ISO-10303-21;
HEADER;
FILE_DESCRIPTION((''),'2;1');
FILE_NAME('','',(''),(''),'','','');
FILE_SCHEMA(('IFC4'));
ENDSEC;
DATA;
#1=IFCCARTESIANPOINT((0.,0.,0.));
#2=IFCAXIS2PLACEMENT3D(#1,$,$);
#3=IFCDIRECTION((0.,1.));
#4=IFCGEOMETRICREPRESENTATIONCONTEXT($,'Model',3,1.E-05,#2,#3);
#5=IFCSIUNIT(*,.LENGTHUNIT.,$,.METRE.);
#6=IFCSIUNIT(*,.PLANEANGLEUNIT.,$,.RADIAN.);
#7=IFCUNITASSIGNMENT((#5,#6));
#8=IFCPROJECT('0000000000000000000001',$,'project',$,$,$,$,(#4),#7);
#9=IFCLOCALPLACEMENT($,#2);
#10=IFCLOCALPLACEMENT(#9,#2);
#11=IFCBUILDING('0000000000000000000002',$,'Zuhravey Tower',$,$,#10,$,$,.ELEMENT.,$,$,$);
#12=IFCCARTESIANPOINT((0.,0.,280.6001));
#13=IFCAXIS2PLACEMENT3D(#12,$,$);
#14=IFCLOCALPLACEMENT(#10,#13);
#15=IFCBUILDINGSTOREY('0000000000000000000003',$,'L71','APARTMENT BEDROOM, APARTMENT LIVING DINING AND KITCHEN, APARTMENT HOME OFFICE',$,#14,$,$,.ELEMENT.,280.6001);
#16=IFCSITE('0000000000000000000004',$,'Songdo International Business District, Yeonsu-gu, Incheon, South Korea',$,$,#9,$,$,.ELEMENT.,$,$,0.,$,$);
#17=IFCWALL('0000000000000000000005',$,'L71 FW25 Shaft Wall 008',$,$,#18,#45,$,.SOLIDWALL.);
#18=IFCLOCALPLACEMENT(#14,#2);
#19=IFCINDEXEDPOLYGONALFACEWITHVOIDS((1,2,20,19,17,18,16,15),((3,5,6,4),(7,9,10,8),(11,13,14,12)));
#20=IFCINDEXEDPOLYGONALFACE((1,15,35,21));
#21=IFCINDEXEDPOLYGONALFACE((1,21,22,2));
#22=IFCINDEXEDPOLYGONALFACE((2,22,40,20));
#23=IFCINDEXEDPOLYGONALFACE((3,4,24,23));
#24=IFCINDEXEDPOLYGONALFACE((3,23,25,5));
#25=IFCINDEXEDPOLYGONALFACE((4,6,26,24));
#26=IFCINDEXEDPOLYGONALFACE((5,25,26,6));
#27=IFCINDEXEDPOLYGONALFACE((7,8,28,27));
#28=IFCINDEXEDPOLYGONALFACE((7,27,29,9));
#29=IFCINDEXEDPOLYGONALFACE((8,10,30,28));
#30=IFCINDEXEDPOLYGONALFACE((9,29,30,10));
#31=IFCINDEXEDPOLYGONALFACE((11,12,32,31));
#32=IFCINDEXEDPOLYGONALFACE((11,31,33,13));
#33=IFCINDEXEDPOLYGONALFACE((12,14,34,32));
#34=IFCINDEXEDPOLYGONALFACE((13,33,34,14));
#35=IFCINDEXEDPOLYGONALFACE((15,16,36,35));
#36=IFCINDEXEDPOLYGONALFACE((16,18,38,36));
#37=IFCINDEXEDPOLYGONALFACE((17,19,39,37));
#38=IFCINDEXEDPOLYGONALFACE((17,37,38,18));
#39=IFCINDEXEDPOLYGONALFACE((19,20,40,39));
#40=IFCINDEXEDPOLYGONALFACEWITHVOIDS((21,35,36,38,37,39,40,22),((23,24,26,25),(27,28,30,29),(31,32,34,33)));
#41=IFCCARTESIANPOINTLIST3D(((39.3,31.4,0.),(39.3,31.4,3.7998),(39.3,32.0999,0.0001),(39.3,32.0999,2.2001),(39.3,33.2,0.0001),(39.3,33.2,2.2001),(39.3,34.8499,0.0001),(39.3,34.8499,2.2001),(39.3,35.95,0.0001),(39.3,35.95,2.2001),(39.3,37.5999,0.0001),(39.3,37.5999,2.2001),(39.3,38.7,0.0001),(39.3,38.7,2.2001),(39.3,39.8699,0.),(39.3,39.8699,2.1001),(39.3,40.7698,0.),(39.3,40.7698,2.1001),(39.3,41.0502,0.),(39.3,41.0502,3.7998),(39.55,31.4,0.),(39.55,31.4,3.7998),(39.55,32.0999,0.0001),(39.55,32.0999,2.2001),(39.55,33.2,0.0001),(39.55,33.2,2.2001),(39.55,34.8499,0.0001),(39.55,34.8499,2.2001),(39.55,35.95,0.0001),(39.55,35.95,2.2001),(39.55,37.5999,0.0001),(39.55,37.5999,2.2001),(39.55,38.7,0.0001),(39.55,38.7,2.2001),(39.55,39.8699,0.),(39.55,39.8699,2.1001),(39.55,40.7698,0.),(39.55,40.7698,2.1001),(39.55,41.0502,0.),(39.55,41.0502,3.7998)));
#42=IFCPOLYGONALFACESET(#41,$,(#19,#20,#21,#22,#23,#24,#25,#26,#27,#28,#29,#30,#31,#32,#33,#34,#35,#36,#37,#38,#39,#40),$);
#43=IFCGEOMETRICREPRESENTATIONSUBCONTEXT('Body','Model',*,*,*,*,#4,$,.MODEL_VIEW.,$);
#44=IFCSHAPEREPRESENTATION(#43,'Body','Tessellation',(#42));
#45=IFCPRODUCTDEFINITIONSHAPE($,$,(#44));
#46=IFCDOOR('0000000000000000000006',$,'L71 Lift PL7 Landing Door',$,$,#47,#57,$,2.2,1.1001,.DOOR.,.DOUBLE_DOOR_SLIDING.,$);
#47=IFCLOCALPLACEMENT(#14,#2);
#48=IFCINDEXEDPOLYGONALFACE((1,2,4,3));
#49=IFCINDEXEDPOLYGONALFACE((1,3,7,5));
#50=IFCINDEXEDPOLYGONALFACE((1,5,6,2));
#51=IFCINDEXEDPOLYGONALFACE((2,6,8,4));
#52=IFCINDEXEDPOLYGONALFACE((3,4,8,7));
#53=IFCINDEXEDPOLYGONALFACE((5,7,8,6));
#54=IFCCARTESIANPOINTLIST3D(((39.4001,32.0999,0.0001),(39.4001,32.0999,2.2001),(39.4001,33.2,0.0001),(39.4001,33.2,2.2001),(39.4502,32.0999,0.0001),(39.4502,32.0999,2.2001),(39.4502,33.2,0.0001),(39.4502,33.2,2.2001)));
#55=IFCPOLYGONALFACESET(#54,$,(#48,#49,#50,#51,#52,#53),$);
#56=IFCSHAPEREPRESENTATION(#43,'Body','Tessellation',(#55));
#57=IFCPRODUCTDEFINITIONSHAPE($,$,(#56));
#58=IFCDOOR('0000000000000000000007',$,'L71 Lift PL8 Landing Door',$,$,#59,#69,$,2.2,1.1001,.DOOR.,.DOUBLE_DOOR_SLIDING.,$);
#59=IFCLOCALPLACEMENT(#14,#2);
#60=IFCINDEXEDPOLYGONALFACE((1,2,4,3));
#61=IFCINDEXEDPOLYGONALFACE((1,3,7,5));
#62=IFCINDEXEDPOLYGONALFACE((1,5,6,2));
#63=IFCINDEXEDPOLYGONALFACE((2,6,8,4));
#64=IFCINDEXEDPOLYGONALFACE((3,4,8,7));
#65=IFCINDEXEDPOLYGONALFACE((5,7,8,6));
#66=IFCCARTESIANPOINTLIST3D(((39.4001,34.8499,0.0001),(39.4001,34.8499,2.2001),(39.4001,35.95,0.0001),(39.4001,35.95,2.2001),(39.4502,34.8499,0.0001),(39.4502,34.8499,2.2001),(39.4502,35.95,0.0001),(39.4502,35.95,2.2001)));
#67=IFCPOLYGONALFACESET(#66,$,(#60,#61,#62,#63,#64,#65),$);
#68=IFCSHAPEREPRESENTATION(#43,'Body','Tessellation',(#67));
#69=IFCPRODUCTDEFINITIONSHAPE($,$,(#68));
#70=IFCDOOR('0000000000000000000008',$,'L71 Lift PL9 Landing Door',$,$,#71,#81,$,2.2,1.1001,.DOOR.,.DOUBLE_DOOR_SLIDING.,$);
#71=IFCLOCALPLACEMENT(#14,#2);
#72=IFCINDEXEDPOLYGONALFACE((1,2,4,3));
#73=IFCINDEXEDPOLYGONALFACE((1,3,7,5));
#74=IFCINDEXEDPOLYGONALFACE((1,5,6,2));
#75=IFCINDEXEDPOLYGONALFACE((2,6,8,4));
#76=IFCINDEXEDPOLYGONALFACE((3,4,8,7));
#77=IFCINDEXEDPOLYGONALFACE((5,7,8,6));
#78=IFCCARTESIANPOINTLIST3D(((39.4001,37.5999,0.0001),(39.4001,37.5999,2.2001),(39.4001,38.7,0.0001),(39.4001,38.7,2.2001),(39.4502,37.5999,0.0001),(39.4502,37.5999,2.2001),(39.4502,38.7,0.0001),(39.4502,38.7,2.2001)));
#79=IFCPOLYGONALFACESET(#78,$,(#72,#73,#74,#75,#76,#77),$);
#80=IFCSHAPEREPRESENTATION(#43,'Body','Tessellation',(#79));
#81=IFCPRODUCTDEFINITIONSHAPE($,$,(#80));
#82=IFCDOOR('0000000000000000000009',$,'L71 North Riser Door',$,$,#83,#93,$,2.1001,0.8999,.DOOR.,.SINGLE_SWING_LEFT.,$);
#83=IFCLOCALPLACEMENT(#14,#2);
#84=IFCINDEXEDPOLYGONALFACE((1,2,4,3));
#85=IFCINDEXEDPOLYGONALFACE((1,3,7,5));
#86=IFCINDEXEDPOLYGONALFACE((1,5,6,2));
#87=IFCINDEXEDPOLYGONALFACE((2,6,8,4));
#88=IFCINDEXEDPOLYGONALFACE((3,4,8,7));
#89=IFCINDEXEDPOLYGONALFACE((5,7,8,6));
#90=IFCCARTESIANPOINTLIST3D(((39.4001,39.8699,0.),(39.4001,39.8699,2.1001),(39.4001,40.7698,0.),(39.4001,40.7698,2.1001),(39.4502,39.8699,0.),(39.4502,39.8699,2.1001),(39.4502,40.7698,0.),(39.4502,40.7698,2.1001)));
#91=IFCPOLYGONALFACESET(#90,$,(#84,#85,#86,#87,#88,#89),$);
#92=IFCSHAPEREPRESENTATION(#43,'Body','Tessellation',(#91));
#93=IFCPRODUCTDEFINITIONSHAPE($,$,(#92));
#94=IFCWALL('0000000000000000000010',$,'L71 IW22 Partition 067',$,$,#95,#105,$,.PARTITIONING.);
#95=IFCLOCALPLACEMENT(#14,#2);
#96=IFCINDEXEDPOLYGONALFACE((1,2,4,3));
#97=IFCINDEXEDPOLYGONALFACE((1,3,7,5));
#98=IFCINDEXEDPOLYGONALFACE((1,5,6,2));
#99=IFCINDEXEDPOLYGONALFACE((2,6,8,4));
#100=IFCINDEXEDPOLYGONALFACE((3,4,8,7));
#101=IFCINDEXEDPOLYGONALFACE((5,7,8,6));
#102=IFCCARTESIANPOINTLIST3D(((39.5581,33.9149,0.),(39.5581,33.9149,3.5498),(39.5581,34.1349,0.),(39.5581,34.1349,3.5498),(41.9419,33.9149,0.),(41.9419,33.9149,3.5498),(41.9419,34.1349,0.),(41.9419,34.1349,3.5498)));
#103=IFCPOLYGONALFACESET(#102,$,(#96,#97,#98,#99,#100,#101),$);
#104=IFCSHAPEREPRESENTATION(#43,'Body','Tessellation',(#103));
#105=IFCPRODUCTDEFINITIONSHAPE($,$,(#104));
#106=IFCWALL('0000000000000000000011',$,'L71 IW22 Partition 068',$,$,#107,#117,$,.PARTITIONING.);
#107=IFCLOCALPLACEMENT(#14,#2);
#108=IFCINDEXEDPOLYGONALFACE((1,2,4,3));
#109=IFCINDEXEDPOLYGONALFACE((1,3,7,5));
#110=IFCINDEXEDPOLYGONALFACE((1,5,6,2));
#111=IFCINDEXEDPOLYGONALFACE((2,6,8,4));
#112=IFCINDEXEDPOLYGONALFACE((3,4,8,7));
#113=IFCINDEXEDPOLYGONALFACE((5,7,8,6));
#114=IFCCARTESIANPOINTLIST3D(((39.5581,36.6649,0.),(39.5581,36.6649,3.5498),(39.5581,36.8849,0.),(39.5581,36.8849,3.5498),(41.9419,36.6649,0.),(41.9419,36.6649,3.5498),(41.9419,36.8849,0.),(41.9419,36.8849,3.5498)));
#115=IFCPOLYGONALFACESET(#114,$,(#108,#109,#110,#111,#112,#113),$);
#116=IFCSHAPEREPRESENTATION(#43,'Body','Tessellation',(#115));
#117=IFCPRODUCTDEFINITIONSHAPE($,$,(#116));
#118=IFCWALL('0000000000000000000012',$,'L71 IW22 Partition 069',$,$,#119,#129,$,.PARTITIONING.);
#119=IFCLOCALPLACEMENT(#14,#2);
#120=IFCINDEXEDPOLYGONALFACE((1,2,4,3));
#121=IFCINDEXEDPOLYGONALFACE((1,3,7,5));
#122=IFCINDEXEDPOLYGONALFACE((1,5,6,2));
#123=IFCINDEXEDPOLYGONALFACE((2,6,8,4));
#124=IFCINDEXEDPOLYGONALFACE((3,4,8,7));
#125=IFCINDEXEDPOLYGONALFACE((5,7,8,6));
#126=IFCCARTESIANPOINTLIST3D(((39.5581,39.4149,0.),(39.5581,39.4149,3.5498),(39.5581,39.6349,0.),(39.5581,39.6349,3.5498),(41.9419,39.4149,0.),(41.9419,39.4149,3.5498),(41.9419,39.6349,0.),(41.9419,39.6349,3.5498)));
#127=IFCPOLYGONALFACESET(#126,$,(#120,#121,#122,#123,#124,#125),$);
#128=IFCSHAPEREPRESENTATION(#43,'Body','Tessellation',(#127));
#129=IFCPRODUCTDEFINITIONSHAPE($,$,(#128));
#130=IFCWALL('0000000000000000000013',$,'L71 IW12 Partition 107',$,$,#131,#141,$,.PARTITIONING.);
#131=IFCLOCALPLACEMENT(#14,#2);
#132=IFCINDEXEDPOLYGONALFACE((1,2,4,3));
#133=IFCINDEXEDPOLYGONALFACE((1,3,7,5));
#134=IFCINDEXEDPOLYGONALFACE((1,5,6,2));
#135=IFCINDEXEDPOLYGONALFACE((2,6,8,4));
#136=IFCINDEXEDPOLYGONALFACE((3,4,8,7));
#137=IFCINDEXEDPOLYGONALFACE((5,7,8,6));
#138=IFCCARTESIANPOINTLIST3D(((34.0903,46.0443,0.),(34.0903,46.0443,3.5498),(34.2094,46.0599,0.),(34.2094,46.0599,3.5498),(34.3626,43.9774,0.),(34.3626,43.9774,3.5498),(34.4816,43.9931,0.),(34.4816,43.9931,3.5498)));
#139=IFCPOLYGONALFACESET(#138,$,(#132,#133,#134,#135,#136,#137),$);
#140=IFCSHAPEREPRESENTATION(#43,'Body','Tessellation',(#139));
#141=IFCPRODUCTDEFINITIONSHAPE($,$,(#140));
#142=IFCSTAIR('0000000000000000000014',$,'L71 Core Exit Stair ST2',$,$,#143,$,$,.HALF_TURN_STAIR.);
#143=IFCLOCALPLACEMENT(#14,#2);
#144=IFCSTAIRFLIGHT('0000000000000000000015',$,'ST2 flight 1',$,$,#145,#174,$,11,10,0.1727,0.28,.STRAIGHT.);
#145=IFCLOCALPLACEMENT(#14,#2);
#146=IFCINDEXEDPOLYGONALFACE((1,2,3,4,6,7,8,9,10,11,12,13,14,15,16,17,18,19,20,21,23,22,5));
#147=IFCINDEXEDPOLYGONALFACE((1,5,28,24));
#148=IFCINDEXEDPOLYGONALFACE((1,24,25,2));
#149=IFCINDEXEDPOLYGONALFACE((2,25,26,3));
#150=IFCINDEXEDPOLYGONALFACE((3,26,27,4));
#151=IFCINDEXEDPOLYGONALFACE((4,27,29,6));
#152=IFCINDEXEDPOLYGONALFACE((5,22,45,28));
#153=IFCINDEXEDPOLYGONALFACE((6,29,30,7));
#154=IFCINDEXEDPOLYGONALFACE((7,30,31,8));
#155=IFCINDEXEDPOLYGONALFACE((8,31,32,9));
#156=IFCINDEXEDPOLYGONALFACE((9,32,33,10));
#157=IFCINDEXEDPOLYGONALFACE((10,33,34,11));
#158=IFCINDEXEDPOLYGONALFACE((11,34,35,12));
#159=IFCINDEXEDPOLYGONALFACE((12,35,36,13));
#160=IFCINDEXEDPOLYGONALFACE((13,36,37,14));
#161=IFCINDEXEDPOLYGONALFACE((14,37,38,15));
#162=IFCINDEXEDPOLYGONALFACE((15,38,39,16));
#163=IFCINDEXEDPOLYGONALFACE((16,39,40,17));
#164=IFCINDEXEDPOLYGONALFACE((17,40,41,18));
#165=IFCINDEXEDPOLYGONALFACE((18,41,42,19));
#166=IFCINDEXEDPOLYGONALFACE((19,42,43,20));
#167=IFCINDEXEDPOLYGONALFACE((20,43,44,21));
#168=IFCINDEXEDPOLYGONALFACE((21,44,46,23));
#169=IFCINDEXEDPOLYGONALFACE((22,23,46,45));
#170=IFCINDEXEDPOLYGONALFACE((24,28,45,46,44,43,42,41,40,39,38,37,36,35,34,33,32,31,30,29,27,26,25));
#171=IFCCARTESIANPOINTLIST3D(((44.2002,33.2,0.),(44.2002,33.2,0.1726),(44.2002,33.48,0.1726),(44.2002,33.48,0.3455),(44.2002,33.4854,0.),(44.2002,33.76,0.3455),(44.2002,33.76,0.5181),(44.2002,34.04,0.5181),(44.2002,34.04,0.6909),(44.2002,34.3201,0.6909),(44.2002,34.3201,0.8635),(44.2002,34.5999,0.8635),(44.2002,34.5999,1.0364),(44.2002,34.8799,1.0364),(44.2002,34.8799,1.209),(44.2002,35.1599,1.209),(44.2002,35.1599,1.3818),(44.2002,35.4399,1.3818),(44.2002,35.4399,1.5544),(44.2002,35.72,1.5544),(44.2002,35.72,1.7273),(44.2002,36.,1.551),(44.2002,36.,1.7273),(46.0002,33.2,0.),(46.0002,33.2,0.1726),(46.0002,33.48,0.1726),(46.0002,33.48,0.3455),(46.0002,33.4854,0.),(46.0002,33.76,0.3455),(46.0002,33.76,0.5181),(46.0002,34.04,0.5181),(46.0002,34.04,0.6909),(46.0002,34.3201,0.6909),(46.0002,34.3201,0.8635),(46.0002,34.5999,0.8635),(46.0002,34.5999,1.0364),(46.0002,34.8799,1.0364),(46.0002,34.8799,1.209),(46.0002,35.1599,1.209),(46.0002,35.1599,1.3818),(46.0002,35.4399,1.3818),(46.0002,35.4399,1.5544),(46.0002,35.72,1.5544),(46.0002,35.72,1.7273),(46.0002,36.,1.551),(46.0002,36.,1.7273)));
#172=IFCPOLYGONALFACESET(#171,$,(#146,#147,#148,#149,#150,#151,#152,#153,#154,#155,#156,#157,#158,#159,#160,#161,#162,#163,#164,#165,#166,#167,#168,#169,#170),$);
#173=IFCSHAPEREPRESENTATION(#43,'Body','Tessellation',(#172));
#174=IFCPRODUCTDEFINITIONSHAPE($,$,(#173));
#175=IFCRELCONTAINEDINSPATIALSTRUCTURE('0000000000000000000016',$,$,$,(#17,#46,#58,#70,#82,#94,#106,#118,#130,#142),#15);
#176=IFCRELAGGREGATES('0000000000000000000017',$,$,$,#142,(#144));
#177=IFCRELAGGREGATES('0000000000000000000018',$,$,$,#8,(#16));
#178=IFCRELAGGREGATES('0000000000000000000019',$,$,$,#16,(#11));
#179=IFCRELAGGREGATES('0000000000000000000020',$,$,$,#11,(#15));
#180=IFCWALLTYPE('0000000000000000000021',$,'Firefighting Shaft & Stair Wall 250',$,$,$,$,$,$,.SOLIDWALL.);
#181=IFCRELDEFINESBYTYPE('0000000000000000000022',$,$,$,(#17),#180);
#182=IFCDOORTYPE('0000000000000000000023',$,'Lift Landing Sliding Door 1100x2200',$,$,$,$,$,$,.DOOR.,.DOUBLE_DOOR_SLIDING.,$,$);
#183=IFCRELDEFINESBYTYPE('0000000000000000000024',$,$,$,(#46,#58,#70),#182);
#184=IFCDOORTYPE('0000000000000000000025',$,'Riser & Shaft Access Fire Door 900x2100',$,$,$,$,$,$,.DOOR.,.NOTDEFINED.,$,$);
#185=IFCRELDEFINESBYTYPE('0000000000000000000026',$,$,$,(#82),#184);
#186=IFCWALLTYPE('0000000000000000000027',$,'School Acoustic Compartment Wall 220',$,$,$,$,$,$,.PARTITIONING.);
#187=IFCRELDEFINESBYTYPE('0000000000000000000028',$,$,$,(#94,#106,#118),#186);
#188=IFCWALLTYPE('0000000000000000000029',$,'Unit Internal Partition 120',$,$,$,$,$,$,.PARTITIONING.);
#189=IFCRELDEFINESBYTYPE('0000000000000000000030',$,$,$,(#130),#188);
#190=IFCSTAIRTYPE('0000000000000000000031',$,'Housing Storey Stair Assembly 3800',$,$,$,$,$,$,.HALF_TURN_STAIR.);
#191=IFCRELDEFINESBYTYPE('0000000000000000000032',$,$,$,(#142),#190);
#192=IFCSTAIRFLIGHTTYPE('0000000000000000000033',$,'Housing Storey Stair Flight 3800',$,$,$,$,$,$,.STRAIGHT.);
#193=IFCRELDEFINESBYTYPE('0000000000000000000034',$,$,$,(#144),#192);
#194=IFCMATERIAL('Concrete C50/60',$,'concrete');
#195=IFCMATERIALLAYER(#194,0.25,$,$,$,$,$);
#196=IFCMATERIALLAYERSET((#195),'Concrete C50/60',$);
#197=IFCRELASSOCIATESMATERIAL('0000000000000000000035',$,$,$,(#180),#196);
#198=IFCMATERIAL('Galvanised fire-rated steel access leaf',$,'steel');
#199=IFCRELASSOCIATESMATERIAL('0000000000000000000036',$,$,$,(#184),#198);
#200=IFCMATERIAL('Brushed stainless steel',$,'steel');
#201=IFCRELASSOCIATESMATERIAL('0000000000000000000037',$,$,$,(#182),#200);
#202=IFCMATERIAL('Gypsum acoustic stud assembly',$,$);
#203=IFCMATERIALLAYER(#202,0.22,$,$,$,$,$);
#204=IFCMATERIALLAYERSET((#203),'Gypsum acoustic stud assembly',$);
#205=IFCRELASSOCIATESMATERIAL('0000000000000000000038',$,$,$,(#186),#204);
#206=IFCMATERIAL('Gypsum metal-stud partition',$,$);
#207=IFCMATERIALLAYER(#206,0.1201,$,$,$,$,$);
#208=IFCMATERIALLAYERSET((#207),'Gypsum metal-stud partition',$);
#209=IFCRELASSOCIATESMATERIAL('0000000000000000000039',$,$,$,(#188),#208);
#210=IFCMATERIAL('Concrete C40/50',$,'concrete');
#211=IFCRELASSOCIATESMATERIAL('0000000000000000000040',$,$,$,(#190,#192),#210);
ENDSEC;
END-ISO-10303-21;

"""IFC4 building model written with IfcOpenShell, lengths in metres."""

from ifc_helpers import new_model, si_unit, direction, frame, frame_2d, origin, place, context, subcontext, project, spatial, polyline, rectangle, outline, extrude, material, layer, layer_set, type_object, element, fill, aggregate, save


model = new_model("IFC4")

# Units and contexts
model_context = context("Model", 3, precision=1e-05, world=origin(), true_north=direction((0.0, 1.0)))
body_context = subcontext(model_context, "Body", "Model", "MODEL_VIEW")
ifc_project = project(units=[si_unit("LENGTHUNIT", "METRE"), si_unit("PLANEANGLEUNIT", "RADIAN")], contexts=[model_context])

# Site, building, storey
site_placement = place(None, origin())
site = spatial("IfcSite", under=ifc_project, at=site_placement, Name="Songdo International Business District, Yeonsu-gu, Incheon, South Korea", CompositionType="ELEMENT", RefElevation=0.0)
building_placement = place(site_placement, origin())
building = spatial("IfcBuilding", under=site, at=building_placement, Name="Zuhravey Tower", CompositionType="ELEMENT")
storey_placement = place(building_placement, frame((0.0, 0.0, 280.6001)))
storey = spatial("IfcBuildingStorey", under=building, at=storey_placement, Name="L71", Description="APARTMENT BEDROOM, APARTMENT LIVING DINING AND KITCHEN, APARTMENT HOME OFFICE", CompositionType="ELEMENT", Elevation=280.6001)

# Shared definitions
ifc_material_1 = material(Name="Concrete C50/60", Category="concrete")

# Shared definitions
ifc_layer_1 = layer(ifc_material_1, 0.25)
ifc_layer_set_1 = layer_set([ifc_layer_1], Name="Concrete C50/60")
wall_type_1 = type_object("IfcWallType", Name="Firefighting Shaft & Stair Wall 250", PredefinedType="SOLIDWALL", material=ifc_layer_set_1)

# Wall, openings, doors
ifc_material_2 = material(Name="Galvanised fire-rated steel access leaf", Category="steel")
door_type_1 = type_object("IfcDoorType", Name="Riser & Shaft Access Fire Door 900x2100", OperationType="NOTDEFINED", PredefinedType="DOOR", material=ifc_material_2)
wall_1_placement = place(storey_placement, frame((39.425, 31.3999, 0.0), z_axis=(0.0, 0.0, 1.0), x_axis=(0.0, 1.0, 0.0)))
wall_1 = element("IfcWall", 1, at=wall_1_placement, inside=storey, type_object=wall_type_1, Name="L71 FW25 Shaft Wall 008", PredefinedType="SOLIDWALL", context=body_context, shape_type="SweptSolid", body=[
    extrude(rectangle(XDim=9.6501, YDim=0.25, at=frame_2d((4.8252, 0.0))), origin(), (0.0, 0.0, 1.0), 3.7998),
])
opening_1_placement = place(wall_1_placement, frame((0.7, 0.0, 0.0)))
opening_1 = element("IfcOpeningElement", 2, at=opening_1_placement, cuts=wall_1, PredefinedType="OPENING", context=body_context, shape_type="SweptSolid", body=[
    extrude(rectangle(XDim=1.1001, YDim=2.2, at=frame_2d((0.55, 1.1001))), frame((0.0, 0.137, 0.0), z_axis=(0.0, -1.0, 0.0), x_axis=(1.0, 0.0, 0.0)), (0.0, 0.0, 1.0), 0.2739),
])
opening_2_placement = place(wall_1_placement, frame((3.45, 0.0, 0.0)))
opening_2 = element("IfcOpeningElement", 3, at=opening_2_placement, cuts=wall_1, PredefinedType="OPENING", context=body_context, shape_type="SweptSolid", body=[
    extrude(rectangle(XDim=1.1001, YDim=2.2, at=frame_2d((0.55, 1.1001))), frame((0.0, 0.137, 0.0), z_axis=(0.0, -1.0, 0.0), x_axis=(1.0, 0.0, 0.0)), (0.0, 0.0, 1.0), 0.2739),
])
opening_3_placement = place(wall_1_placement, frame((6.2, 0.0, 0.0)))
opening_3 = element("IfcOpeningElement", 4, at=opening_3_placement, cuts=wall_1, PredefinedType="OPENING", context=body_context, shape_type="SweptSolid", body=[
    extrude(rectangle(XDim=1.1001, YDim=2.2, at=frame_2d((0.55, 1.1001))), frame((0.0, 0.137, 0.0), z_axis=(0.0, -1.0, 0.0), x_axis=(1.0, 0.0, 0.0)), (0.0, 0.0, 1.0), 0.2739),
])
opening_4_placement = place(wall_1_placement, frame((8.47, 0.0, 0.0)))
opening_4 = element("IfcOpeningElement", 5, at=opening_4_placement, cuts=wall_1, PredefinedType="OPENING", context=body_context, shape_type="SweptSolid", body=[
    extrude(rectangle(XDim=0.8999, YDim=2.1001, at=frame_2d((0.45, 1.05))), frame((0.0, 0.137, 0.0), z_axis=(0.0, -1.0, 0.0), x_axis=(1.0, 0.0, 0.0)), (0.0, 0.0, 1.0), 0.2739),
])
ifc_material_3 = material(Name="Brushed stainless steel", Category="steel")
door_type_2 = type_object("IfcDoorType", Name="Lift Landing Sliding Door 1100x2200", OperationType="DOUBLE_DOOR_SLIDING", PredefinedType="DOOR", material=ifc_material_3)
door_1_placement = place(opening_1_placement, origin())
door_1 = element("IfcDoor", 6, at=door_1_placement, inside=storey, type_object=door_type_2, Name="L71 Lift PL7 Landing Door", OperationType="DOUBLE_DOOR_SLIDING", OverallHeight=2.2, OverallWidth=1.1001, PredefinedType="DOOR", context=body_context, shape_type="SweptSolid", body=[
    extrude(rectangle(XDim=1.1001, YDim=2.2, at=frame_2d((0.55, 1.1001))), frame((0.0, 0.0249, 0.0), z_axis=(0.0, -1.0, 0.0), x_axis=(1.0, 0.0, 0.0)), (0.0, 0.0, 1.0), 0.05),
])
fill(opening_1, door_1)
door_2_placement = place(opening_2_placement, origin())
door_2 = element("IfcDoor", 7, at=door_2_placement, inside=storey, type_object=door_type_2, Name="L71 Lift PL8 Landing Door", OperationType="DOUBLE_DOOR_SLIDING", OverallHeight=2.2, OverallWidth=1.1001, PredefinedType="DOOR", context=body_context, shape_type="SweptSolid", body=[
    extrude(rectangle(XDim=1.1001, YDim=2.2, at=frame_2d((0.55, 1.1001))), frame((0.0, 0.0249, 0.0), z_axis=(0.0, -1.0, 0.0), x_axis=(1.0, 0.0, 0.0)), (0.0, 0.0, 1.0), 0.05),
])
fill(opening_2, door_2)
door_3_placement = place(opening_3_placement, origin())
door_3 = element("IfcDoor", 8, at=door_3_placement, inside=storey, type_object=door_type_2, Name="L71 Lift PL9 Landing Door", OperationType="DOUBLE_DOOR_SLIDING", OverallHeight=2.2, OverallWidth=1.1001, PredefinedType="DOOR", context=body_context, shape_type="SweptSolid", body=[
    extrude(rectangle(XDim=1.1001, YDim=2.2, at=frame_2d((0.55, 1.1001))), frame((0.0, 0.0249, 0.0), z_axis=(0.0, -1.0, 0.0), x_axis=(1.0, 0.0, 0.0)), (0.0, 0.0, 1.0), 0.05),
])
fill(opening_3, door_3)
door_4_placement = place(opening_4_placement, origin())
door_4 = element("IfcDoor", 9, at=door_4_placement, inside=storey, type_object=door_type_1, Name="L71 North Riser Door", OperationType="SINGLE_SWING_LEFT", OverallHeight=2.1001, OverallWidth=0.8999, PredefinedType="DOOR", context=body_context, shape_type="SweptSolid", body=[
    extrude(rectangle(XDim=0.8999, YDim=2.1001, at=frame_2d((0.45, 1.05))), frame((0.0, 0.0249, 0.0), z_axis=(0.0, -1.0, 0.0), x_axis=(1.0, 0.0, 0.0)), (0.0, 0.0, 1.0), 0.05),
])
fill(opening_4, door_4)

# Walls
ifc_material_4 = material(Name="Gypsum acoustic stud assembly")
ifc_layer_2 = layer(ifc_material_4, 0.22)
ifc_layer_set_2 = layer_set([ifc_layer_2], Name="Gypsum acoustic stud assembly")
wall_type_2 = type_object("IfcWallType", Name="School Acoustic Compartment Wall 220", PredefinedType="PARTITIONING", material=ifc_layer_set_2)
for number, where, z_axis, x_axis, name in (
    (10, (39.5581, 34.0249, 0.0), (0.0, 0.0, 1.0), (1.0, 0.0, 0.0), "L71 IW22 Partition 067"),
    (11, (39.5581, 36.7749, 0.0), (0.0, 0.0, 1.0), (1.0, 0.0, 0.0), "L71 IW22 Partition 068"),
    (12, (39.5581, 39.5249, 0.0), (0.0, 0.0, 1.0), (1.0, 0.0, 0.0), "L71 IW22 Partition 069"),
):
    element("IfcWall", number, at=place(storey_placement, frame(where, z_axis=z_axis, x_axis=x_axis)), inside=storey, type_object=wall_type_2, Name=name, PredefinedType="PARTITIONING", context=body_context, shape_type="SweptSolid", body=[
        extrude(rectangle(XDim=2.3838, YDim=0.22, at=frame_2d((1.1919, 0.0))), origin(), (0.0, 0.0, 1.0), 3.5498),
    ])
ifc_material_5 = material(Name="Gypsum metal-stud partition")
ifc_layer_3 = layer(ifc_material_5, 0.1201)
ifc_layer_set_3 = layer_set([ifc_layer_3], Name="Gypsum metal-stud partition")
wall_type_3 = type_object("IfcWallType", Name="Unit Internal Partition 120", PredefinedType="PARTITIONING", material=ifc_layer_set_3)
wall_2_placement = place(storey_placement, frame((34.4221, 43.9851, 0.0), z_axis=(0.0, 0.0, 1.0), x_axis=(-0.130576, 0.991438, 0.0)))
element("IfcWall", 13, at=wall_2_placement, inside=storey, type_object=wall_type_3, Name="L71 IW12 Partition 107", PredefinedType="PARTITIONING", context=body_context, shape_type="SweptSolid", body=[
    extrude(rectangle(XDim=2.0847, YDim=0.1201, at=frame_2d((1.0425, 0.0))), origin(), (0.0, 0.0, 1.0), 3.5498),
])

# Stair, stair flight
ifc_material_6 = material(Name="Concrete C40/50", Category="concrete")
stair_type = type_object("IfcStairType", Name="Housing Storey Stair Assembly 3800", PredefinedType="HALF_TURN_STAIR", material=ifc_material_6)
stair_placement = place(storey_placement, origin())
stair = element("IfcStair", 14, at=stair_placement, inside=storey, type_object=stair_type, Name="L71 Core Exit Stair ST2", PredefinedType="HALF_TURN_STAIR")
stair_flight_type = type_object("IfcStairFlightType", Name="Housing Storey Stair Flight 3800", PredefinedType="STRAIGHT", material=ifc_material_6)
stair_flight_1_placement = place(storey_placement, frame((45.1001, 33.2, 0.0), z_axis=(0.0, 0.0, 1.0), x_axis=(0.0, 1.0, 0.0)))
stair_flight_1 = element("IfcStairFlight", 15, at=stair_flight_1_placement, type_object=stair_flight_type, Name="ST2 flight 1", NumberOfRisers=11, NumberOfTreads=10, PredefinedType="STRAIGHT", RiserHeight=0.1727, TreadLength=0.28, context=body_context, shape_type="SweptSolid", body=[
    extrude(outline(polyline([(0.0, 0.0), (0.0, 0.1726), (0.28, 0.1726), (0.28, 0.3455), (0.5601, 0.3455), (0.5601, 0.5181), (0.8401, 0.5181), (0.8401, 0.6909), (1.1201, 0.6909), (1.1201, 0.8635), (1.3999, 0.8635), (1.3999, 1.0364), (1.6799, 1.0364), (1.6799, 1.209), (1.96, 1.209), (1.96, 1.3818), (2.24, 1.3818), (2.24, 1.5544), (2.52, 1.5544), (2.52, 1.7273), (2.8, 1.7273), (2.8, 1.8999), (2.8, 1.551), (0.2854, 0.0), (0.0, 0.0)])), frame((0.0, 0.8999, 0.0), z_axis=(0.0, -1.0, 0.0), x_axis=(1.0, 0.0, 0.0)), (0.0, 0.0, 1.0), 1.8),
])
aggregate(stair, [stair_flight_1])

save(model, "model.ifc")
